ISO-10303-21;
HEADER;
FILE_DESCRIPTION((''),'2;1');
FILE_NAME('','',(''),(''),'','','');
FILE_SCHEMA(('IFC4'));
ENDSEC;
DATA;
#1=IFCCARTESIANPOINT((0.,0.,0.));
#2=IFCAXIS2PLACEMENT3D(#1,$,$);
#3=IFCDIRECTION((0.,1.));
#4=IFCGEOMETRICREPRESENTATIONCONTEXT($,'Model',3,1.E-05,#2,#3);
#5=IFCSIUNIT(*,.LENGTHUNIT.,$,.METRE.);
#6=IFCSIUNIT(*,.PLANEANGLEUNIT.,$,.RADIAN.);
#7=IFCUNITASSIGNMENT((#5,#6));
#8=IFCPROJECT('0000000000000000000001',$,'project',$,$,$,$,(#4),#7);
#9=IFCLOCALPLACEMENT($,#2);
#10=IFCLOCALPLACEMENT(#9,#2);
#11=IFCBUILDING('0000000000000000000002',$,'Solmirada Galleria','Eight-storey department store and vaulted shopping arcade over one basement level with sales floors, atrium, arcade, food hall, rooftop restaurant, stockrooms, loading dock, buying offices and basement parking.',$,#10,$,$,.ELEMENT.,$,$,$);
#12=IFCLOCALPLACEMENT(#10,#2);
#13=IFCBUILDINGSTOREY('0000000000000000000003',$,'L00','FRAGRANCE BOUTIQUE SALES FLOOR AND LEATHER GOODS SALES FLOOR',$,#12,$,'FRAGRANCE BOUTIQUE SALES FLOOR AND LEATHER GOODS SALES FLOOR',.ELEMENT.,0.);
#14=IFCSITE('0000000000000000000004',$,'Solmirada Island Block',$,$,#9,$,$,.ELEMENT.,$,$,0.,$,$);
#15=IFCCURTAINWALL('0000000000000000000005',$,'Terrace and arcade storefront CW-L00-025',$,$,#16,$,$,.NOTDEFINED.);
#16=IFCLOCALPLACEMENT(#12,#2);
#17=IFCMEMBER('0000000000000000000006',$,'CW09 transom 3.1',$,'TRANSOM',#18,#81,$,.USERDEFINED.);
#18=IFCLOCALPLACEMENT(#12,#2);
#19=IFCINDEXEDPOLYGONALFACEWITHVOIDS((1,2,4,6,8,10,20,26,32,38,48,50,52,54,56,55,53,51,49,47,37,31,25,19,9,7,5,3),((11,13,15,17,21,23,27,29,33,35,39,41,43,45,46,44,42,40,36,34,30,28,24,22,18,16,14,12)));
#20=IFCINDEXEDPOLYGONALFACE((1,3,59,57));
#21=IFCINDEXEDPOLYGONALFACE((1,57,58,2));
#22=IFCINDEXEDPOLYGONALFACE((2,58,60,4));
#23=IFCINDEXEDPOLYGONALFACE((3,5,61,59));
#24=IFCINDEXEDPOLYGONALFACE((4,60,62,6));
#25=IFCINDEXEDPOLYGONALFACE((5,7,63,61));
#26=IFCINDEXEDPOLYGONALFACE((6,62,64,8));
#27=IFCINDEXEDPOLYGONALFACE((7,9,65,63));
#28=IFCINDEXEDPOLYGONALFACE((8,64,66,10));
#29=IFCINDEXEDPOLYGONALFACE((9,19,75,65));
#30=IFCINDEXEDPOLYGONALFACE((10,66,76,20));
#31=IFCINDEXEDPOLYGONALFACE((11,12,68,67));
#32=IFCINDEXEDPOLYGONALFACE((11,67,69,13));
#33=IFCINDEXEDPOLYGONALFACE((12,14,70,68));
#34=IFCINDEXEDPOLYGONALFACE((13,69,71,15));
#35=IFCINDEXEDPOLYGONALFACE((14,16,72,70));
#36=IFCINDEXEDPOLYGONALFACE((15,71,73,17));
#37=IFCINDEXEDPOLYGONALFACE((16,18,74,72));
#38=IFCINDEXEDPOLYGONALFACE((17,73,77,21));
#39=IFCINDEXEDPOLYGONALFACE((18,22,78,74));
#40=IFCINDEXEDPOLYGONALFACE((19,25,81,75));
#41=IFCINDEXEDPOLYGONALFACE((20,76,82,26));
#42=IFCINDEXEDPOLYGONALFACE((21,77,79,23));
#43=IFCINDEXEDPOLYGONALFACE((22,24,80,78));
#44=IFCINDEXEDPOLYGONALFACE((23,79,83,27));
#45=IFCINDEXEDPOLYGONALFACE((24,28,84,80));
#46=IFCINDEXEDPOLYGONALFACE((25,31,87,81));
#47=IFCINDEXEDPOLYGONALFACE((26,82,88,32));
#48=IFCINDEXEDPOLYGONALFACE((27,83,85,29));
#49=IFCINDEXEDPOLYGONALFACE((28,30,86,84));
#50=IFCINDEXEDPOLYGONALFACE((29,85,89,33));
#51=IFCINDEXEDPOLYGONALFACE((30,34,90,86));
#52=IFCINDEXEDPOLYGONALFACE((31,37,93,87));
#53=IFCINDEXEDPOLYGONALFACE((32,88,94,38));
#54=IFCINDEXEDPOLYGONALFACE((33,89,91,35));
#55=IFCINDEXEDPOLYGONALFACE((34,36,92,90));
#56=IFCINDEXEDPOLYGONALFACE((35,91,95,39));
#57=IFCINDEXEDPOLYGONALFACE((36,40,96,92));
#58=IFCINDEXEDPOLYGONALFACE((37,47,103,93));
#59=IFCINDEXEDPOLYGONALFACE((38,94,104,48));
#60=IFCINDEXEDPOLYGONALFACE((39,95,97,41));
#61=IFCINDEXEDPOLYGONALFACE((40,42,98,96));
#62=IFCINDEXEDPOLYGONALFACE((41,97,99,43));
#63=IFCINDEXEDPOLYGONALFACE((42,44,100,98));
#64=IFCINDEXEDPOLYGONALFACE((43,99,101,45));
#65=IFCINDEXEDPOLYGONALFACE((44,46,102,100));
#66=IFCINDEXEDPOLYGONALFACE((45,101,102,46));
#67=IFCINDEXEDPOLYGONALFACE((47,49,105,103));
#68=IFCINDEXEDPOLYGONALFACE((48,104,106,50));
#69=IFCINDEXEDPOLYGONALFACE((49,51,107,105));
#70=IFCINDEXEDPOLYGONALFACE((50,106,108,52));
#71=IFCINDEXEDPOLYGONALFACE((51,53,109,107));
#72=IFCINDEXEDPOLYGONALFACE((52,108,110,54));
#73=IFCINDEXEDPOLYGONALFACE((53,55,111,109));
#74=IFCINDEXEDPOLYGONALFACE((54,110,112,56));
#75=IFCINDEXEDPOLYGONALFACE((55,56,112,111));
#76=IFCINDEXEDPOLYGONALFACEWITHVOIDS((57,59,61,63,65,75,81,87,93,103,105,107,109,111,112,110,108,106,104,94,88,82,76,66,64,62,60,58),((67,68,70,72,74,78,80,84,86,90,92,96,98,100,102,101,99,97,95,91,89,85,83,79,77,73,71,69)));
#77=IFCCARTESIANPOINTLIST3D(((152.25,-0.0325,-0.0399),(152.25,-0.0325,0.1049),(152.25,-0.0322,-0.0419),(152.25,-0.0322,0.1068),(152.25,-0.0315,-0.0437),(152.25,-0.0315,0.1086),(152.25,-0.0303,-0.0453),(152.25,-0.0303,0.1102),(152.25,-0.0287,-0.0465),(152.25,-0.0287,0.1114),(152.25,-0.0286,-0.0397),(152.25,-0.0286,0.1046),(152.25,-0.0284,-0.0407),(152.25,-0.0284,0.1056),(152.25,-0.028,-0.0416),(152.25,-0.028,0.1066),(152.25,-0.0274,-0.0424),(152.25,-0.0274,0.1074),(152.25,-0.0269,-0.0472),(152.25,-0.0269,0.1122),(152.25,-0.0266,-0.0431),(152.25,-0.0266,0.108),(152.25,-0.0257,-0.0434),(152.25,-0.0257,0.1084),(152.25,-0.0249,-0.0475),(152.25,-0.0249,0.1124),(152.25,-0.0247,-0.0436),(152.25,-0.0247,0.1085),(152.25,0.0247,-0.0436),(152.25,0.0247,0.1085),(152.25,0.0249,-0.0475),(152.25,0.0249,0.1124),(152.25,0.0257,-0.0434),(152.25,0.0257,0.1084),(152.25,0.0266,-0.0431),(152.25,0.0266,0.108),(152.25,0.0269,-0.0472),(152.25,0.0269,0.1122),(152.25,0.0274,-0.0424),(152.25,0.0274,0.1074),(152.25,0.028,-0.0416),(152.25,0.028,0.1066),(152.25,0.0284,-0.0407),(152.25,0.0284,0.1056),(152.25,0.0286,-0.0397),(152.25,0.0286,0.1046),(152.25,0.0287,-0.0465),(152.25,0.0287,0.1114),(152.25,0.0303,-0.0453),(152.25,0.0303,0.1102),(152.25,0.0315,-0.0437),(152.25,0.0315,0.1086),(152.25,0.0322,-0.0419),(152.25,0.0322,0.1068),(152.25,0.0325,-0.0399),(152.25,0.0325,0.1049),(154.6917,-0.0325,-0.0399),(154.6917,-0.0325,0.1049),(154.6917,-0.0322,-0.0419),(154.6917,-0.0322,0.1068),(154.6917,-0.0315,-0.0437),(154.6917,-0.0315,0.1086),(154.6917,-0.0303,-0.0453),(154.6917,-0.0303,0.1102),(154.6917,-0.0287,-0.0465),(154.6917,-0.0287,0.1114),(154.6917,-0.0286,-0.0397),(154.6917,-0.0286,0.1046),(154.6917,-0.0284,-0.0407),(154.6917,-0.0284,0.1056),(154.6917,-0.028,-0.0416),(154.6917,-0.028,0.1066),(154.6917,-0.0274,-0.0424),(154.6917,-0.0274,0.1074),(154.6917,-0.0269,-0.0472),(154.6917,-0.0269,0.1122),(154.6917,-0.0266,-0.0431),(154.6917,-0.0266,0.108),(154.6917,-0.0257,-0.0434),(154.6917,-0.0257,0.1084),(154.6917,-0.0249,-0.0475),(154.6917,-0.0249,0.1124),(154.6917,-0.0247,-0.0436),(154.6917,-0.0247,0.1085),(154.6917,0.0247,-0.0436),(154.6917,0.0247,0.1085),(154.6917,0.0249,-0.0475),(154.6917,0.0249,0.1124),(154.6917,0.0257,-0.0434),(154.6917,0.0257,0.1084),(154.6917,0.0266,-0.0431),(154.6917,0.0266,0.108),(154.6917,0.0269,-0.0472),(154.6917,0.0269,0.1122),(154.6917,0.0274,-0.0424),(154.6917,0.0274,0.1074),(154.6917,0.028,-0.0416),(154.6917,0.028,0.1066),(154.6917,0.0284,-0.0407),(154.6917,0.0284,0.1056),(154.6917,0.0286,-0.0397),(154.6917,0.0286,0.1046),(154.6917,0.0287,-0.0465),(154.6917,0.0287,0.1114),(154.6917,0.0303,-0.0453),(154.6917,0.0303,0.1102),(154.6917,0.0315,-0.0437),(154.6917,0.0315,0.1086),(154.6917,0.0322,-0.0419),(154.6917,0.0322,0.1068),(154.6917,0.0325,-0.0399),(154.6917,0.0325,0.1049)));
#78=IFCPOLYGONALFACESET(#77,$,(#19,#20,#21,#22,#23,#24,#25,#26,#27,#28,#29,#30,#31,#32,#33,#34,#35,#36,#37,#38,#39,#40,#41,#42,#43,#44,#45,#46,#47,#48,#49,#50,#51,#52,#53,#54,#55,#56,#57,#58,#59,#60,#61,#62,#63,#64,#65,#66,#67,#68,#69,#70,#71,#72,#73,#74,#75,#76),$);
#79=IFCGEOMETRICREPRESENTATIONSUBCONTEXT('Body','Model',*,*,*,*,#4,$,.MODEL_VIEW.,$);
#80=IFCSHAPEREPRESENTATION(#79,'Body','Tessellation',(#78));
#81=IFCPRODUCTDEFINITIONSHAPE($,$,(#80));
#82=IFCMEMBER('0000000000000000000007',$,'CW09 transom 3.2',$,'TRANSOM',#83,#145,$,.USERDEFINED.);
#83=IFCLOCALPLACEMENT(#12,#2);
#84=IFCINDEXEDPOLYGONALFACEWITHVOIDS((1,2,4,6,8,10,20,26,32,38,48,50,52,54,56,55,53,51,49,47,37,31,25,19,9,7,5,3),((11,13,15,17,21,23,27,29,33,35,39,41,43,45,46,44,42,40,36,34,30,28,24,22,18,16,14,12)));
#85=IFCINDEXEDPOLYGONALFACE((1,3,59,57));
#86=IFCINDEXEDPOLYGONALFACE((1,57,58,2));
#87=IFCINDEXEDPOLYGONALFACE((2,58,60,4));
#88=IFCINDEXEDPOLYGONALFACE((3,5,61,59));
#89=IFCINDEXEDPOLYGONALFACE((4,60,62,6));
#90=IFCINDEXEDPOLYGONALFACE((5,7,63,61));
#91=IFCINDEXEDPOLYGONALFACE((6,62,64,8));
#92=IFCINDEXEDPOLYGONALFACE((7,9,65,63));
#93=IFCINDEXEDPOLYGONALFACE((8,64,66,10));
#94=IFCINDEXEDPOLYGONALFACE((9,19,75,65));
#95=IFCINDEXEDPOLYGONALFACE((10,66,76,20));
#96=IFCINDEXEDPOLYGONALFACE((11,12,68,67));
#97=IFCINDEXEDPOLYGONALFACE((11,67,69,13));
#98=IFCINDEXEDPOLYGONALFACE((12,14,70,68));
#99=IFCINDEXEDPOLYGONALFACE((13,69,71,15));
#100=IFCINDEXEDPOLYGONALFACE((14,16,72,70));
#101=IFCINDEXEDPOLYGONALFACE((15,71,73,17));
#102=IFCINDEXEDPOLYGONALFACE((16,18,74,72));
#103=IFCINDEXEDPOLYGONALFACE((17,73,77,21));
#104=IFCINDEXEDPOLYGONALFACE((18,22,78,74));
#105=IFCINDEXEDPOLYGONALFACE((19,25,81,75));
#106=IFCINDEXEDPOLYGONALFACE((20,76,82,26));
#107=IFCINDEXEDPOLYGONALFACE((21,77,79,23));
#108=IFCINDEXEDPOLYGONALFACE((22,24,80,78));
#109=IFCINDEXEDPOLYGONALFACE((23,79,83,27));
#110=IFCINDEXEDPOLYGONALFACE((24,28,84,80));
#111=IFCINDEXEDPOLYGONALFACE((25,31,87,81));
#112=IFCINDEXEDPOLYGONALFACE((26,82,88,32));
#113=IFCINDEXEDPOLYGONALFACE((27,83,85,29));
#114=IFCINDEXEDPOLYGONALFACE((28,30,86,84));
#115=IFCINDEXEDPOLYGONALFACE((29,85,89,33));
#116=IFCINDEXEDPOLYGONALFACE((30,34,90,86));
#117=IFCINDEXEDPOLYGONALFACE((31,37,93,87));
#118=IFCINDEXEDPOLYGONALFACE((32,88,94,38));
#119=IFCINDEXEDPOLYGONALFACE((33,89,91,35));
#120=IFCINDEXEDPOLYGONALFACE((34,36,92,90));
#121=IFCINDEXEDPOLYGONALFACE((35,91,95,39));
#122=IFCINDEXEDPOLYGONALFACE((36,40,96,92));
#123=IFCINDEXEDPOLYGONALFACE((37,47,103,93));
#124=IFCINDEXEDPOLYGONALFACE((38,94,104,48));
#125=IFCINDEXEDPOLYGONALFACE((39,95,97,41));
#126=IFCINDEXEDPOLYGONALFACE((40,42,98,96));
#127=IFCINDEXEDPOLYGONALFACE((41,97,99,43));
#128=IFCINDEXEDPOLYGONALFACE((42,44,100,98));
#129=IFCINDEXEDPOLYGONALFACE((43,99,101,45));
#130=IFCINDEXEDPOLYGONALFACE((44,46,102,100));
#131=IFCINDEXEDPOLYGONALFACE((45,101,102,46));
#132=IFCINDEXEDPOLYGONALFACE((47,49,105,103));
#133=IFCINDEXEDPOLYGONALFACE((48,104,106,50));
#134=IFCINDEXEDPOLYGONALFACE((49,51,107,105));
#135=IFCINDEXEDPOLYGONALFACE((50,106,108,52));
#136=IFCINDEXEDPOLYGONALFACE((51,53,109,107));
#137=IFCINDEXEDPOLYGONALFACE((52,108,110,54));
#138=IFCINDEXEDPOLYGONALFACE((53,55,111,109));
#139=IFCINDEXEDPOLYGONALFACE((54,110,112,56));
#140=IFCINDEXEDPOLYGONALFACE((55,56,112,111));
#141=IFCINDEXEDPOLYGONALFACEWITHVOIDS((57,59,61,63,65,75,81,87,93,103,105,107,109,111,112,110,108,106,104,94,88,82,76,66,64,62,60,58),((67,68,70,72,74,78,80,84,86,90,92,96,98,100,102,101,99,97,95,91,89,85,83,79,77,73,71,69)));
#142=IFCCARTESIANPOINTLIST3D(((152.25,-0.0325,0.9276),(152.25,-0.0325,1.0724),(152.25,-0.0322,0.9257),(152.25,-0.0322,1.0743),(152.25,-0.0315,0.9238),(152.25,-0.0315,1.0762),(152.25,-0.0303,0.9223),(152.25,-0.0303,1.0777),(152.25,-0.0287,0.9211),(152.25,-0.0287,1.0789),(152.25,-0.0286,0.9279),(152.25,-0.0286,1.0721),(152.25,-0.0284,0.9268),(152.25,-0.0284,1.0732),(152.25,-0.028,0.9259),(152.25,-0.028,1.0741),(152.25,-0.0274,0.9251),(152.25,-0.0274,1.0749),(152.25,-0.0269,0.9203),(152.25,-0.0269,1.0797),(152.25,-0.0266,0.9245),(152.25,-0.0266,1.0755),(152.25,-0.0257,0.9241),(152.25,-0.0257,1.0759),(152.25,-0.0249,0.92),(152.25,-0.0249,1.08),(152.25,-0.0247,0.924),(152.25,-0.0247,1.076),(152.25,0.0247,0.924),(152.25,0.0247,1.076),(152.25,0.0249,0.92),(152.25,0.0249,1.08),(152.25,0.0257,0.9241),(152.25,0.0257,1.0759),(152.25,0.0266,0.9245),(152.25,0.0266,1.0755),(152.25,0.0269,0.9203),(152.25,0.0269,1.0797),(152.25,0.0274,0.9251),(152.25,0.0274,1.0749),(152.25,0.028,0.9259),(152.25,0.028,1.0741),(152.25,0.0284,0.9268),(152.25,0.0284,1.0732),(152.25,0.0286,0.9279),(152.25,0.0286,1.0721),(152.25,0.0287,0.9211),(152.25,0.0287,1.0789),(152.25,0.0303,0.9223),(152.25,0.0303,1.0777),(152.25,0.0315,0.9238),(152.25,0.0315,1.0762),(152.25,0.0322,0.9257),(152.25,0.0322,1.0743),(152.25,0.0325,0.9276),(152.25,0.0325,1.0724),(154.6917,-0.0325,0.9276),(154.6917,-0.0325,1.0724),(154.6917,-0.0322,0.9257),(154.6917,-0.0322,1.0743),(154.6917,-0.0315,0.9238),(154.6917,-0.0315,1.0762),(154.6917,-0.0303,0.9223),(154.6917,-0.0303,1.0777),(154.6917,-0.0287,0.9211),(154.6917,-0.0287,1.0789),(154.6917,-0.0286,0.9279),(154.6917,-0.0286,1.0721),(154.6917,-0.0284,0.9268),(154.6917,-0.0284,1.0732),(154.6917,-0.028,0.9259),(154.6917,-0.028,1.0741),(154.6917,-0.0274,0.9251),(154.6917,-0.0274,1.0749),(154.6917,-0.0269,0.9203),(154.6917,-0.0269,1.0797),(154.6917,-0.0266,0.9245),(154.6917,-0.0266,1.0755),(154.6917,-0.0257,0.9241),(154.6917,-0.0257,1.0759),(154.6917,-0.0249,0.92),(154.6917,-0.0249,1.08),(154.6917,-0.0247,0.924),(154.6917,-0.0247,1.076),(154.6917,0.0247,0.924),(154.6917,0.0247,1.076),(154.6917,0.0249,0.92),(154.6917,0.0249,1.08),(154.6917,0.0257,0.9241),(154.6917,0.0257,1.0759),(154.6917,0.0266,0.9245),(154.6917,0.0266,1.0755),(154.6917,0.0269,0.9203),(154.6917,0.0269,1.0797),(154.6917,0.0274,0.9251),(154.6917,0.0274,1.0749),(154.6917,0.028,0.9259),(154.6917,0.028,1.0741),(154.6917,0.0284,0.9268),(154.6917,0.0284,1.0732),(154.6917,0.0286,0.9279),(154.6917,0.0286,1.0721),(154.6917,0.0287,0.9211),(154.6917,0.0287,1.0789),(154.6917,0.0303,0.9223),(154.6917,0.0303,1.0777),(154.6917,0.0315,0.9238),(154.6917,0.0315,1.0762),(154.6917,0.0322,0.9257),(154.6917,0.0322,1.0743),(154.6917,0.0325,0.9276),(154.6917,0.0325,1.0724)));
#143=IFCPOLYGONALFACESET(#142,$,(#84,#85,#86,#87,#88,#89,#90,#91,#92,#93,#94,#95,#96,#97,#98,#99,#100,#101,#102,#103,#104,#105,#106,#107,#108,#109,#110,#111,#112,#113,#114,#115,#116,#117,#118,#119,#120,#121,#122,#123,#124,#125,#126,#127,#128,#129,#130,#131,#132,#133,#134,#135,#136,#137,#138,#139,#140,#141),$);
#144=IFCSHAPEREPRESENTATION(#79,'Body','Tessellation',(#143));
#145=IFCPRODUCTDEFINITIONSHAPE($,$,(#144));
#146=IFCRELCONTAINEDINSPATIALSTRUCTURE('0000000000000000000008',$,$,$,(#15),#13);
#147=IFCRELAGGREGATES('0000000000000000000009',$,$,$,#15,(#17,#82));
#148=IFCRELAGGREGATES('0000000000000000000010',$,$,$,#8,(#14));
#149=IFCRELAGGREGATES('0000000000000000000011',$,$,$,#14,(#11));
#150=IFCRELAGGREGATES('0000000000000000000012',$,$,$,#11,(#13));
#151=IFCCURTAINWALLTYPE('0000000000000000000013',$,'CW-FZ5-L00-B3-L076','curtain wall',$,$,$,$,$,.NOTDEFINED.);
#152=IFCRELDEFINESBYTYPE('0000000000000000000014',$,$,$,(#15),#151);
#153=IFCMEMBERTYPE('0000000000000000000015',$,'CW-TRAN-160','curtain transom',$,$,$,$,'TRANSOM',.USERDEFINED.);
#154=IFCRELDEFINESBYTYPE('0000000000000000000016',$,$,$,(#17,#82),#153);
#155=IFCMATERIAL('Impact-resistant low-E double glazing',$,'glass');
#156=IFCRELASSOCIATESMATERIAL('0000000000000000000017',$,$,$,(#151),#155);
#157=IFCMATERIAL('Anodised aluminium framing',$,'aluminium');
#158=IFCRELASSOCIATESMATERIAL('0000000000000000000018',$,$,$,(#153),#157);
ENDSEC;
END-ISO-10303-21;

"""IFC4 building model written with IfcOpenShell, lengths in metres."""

from ifc_helpers import new_model, si_unit, direction, frame, origin, origin_2d, place, context, subcontext, project, spatial, hollow_rectangle, extrude, material, material_profile, profile_set, type_object, element, aggregate, save


model = new_model("IFC4")

# Units and contexts
model_context = context("Model", 3, precision=1e-05, world=origin(), true_north=direction((0.0, 1.0)))
body_context = subcontext(model_context, "Body", "Model", "MODEL_VIEW")
ifc_project = project(units=[si_unit("LENGTHUNIT", "METRE"), si_unit("PLANEANGLEUNIT", "RADIAN")], contexts=[model_context])

# Site, building, storey
site_placement = place(None, origin())
site = spatial("IfcSite", under=ifc_project, at=site_placement, Name="Solmirada Island Block", CompositionType="ELEMENT", RefElevation=0.0)
building_placement = place(site_placement, origin())
building = spatial("IfcBuilding", under=site, at=building_placement, Name="Solmirada Galleria", Description="Eight-storey department store and vaulted shopping arcade over one basement level with sales floors, atrium, arcade, food hall, rooftop restaurant, stockrooms, loading dock, buying offices and basement parking.", CompositionType="ELEMENT")
storey_placement = place(building_placement, origin())
storey = spatial("IfcBuildingStorey", under=building, at=storey_placement, Name="L00", Description="FRAGRANCE BOUTIQUE SALES FLOOR AND LEATHER GOODS SALES FLOOR", LongName="FRAGRANCE BOUTIQUE SALES FLOOR AND LEATHER GOODS SALES FLOOR", CompositionType="ELEMENT", Elevation=0.0)

# Curtain wall, members
ifc_material_1 = material(Name="Impact-resistant low-E double glazing", Category="glass")
curtain_wall_type = type_object("IfcCurtainWallType", Name="CW-FZ5-L00-B3-L076", Description="curtain wall", PredefinedType="NOTDEFINED", material=ifc_material_1)
curtain_wall_placement = place(storey_placement, origin())
curtain_wall = element("IfcCurtainWall", 1, at=curtain_wall_placement, inside=storey, type_object=curtain_wall_type, Name="Terrace and arcade storefront CW-L00-025", PredefinedType="NOTDEFINED")
ifc_material_2 = material(Name="Anodised aluminium framing", Category="aluminium")
ifc_material_profile_1 = material_profile(ifc_material_2, hollow_rectangle(XDim=0.0649, YDim=0.1599, WallThickness=0.0039, InnerFilletRadius=0.0039, OuterFilletRadius=0.0076, at=origin_2d()), Name="ALU-TRAN-160X65")
ifc_profile_set_1 = profile_set([ifc_material_profile_1], Name="Anodised aluminium framing")
member_type_1 = type_object("IfcMemberType", Name="CW-TRAN-160", Description="curtain transom", ElementType="TRANSOM", PredefinedType="USERDEFINED", material=ifc_profile_set_1)
member_1_placement = place(storey_placement, frame((154.6917, 0.0, 0.0325), z_axis=(-1.0, 0.0, 0.0), x_axis=(0.0, -1.0, 0.0)))
member_1 = element("IfcMember", 2, at=member_1_placement, type_object=member_type_1, Name="CW09 transom 3.1", ObjectType="TRANSOM", PredefinedType="USERDEFINED", context=body_context, shape_type="SweptSolid", body=[
    extrude(hollow_rectangle(XDim=0.0649, YDim=0.1599, WallThickness=0.0039, InnerFilletRadius=0.0039, OuterFilletRadius=0.0076, at=origin_2d()), origin(), (0.0, 0.0, 1.0), 2.4417),
])
member_2_placement = place(storey_placement, frame((154.6917, 0.0, 1.0), z_axis=(-1.0, 0.0, 0.0), x_axis=(0.0, -1.0, 0.0)))
member_2 = element("IfcMember", 3, at=member_2_placement, type_object=member_type_1, Name="CW09 transom 3.2", ObjectType="TRANSOM", PredefinedType="USERDEFINED", context=body_context, shape_type="SweptSolid", body=[
    extrude(hollow_rectangle(XDim=0.0649, YDim=0.1599, WallThickness=0.0039, InnerFilletRadius=0.0039, OuterFilletRadius=0.0076, at=origin_2d()), origin(), (0.0, 0.0, 1.0), 2.4417),
])
aggregate(curtain_wall, [member_1, member_2])

save(model, "model.ifc")
